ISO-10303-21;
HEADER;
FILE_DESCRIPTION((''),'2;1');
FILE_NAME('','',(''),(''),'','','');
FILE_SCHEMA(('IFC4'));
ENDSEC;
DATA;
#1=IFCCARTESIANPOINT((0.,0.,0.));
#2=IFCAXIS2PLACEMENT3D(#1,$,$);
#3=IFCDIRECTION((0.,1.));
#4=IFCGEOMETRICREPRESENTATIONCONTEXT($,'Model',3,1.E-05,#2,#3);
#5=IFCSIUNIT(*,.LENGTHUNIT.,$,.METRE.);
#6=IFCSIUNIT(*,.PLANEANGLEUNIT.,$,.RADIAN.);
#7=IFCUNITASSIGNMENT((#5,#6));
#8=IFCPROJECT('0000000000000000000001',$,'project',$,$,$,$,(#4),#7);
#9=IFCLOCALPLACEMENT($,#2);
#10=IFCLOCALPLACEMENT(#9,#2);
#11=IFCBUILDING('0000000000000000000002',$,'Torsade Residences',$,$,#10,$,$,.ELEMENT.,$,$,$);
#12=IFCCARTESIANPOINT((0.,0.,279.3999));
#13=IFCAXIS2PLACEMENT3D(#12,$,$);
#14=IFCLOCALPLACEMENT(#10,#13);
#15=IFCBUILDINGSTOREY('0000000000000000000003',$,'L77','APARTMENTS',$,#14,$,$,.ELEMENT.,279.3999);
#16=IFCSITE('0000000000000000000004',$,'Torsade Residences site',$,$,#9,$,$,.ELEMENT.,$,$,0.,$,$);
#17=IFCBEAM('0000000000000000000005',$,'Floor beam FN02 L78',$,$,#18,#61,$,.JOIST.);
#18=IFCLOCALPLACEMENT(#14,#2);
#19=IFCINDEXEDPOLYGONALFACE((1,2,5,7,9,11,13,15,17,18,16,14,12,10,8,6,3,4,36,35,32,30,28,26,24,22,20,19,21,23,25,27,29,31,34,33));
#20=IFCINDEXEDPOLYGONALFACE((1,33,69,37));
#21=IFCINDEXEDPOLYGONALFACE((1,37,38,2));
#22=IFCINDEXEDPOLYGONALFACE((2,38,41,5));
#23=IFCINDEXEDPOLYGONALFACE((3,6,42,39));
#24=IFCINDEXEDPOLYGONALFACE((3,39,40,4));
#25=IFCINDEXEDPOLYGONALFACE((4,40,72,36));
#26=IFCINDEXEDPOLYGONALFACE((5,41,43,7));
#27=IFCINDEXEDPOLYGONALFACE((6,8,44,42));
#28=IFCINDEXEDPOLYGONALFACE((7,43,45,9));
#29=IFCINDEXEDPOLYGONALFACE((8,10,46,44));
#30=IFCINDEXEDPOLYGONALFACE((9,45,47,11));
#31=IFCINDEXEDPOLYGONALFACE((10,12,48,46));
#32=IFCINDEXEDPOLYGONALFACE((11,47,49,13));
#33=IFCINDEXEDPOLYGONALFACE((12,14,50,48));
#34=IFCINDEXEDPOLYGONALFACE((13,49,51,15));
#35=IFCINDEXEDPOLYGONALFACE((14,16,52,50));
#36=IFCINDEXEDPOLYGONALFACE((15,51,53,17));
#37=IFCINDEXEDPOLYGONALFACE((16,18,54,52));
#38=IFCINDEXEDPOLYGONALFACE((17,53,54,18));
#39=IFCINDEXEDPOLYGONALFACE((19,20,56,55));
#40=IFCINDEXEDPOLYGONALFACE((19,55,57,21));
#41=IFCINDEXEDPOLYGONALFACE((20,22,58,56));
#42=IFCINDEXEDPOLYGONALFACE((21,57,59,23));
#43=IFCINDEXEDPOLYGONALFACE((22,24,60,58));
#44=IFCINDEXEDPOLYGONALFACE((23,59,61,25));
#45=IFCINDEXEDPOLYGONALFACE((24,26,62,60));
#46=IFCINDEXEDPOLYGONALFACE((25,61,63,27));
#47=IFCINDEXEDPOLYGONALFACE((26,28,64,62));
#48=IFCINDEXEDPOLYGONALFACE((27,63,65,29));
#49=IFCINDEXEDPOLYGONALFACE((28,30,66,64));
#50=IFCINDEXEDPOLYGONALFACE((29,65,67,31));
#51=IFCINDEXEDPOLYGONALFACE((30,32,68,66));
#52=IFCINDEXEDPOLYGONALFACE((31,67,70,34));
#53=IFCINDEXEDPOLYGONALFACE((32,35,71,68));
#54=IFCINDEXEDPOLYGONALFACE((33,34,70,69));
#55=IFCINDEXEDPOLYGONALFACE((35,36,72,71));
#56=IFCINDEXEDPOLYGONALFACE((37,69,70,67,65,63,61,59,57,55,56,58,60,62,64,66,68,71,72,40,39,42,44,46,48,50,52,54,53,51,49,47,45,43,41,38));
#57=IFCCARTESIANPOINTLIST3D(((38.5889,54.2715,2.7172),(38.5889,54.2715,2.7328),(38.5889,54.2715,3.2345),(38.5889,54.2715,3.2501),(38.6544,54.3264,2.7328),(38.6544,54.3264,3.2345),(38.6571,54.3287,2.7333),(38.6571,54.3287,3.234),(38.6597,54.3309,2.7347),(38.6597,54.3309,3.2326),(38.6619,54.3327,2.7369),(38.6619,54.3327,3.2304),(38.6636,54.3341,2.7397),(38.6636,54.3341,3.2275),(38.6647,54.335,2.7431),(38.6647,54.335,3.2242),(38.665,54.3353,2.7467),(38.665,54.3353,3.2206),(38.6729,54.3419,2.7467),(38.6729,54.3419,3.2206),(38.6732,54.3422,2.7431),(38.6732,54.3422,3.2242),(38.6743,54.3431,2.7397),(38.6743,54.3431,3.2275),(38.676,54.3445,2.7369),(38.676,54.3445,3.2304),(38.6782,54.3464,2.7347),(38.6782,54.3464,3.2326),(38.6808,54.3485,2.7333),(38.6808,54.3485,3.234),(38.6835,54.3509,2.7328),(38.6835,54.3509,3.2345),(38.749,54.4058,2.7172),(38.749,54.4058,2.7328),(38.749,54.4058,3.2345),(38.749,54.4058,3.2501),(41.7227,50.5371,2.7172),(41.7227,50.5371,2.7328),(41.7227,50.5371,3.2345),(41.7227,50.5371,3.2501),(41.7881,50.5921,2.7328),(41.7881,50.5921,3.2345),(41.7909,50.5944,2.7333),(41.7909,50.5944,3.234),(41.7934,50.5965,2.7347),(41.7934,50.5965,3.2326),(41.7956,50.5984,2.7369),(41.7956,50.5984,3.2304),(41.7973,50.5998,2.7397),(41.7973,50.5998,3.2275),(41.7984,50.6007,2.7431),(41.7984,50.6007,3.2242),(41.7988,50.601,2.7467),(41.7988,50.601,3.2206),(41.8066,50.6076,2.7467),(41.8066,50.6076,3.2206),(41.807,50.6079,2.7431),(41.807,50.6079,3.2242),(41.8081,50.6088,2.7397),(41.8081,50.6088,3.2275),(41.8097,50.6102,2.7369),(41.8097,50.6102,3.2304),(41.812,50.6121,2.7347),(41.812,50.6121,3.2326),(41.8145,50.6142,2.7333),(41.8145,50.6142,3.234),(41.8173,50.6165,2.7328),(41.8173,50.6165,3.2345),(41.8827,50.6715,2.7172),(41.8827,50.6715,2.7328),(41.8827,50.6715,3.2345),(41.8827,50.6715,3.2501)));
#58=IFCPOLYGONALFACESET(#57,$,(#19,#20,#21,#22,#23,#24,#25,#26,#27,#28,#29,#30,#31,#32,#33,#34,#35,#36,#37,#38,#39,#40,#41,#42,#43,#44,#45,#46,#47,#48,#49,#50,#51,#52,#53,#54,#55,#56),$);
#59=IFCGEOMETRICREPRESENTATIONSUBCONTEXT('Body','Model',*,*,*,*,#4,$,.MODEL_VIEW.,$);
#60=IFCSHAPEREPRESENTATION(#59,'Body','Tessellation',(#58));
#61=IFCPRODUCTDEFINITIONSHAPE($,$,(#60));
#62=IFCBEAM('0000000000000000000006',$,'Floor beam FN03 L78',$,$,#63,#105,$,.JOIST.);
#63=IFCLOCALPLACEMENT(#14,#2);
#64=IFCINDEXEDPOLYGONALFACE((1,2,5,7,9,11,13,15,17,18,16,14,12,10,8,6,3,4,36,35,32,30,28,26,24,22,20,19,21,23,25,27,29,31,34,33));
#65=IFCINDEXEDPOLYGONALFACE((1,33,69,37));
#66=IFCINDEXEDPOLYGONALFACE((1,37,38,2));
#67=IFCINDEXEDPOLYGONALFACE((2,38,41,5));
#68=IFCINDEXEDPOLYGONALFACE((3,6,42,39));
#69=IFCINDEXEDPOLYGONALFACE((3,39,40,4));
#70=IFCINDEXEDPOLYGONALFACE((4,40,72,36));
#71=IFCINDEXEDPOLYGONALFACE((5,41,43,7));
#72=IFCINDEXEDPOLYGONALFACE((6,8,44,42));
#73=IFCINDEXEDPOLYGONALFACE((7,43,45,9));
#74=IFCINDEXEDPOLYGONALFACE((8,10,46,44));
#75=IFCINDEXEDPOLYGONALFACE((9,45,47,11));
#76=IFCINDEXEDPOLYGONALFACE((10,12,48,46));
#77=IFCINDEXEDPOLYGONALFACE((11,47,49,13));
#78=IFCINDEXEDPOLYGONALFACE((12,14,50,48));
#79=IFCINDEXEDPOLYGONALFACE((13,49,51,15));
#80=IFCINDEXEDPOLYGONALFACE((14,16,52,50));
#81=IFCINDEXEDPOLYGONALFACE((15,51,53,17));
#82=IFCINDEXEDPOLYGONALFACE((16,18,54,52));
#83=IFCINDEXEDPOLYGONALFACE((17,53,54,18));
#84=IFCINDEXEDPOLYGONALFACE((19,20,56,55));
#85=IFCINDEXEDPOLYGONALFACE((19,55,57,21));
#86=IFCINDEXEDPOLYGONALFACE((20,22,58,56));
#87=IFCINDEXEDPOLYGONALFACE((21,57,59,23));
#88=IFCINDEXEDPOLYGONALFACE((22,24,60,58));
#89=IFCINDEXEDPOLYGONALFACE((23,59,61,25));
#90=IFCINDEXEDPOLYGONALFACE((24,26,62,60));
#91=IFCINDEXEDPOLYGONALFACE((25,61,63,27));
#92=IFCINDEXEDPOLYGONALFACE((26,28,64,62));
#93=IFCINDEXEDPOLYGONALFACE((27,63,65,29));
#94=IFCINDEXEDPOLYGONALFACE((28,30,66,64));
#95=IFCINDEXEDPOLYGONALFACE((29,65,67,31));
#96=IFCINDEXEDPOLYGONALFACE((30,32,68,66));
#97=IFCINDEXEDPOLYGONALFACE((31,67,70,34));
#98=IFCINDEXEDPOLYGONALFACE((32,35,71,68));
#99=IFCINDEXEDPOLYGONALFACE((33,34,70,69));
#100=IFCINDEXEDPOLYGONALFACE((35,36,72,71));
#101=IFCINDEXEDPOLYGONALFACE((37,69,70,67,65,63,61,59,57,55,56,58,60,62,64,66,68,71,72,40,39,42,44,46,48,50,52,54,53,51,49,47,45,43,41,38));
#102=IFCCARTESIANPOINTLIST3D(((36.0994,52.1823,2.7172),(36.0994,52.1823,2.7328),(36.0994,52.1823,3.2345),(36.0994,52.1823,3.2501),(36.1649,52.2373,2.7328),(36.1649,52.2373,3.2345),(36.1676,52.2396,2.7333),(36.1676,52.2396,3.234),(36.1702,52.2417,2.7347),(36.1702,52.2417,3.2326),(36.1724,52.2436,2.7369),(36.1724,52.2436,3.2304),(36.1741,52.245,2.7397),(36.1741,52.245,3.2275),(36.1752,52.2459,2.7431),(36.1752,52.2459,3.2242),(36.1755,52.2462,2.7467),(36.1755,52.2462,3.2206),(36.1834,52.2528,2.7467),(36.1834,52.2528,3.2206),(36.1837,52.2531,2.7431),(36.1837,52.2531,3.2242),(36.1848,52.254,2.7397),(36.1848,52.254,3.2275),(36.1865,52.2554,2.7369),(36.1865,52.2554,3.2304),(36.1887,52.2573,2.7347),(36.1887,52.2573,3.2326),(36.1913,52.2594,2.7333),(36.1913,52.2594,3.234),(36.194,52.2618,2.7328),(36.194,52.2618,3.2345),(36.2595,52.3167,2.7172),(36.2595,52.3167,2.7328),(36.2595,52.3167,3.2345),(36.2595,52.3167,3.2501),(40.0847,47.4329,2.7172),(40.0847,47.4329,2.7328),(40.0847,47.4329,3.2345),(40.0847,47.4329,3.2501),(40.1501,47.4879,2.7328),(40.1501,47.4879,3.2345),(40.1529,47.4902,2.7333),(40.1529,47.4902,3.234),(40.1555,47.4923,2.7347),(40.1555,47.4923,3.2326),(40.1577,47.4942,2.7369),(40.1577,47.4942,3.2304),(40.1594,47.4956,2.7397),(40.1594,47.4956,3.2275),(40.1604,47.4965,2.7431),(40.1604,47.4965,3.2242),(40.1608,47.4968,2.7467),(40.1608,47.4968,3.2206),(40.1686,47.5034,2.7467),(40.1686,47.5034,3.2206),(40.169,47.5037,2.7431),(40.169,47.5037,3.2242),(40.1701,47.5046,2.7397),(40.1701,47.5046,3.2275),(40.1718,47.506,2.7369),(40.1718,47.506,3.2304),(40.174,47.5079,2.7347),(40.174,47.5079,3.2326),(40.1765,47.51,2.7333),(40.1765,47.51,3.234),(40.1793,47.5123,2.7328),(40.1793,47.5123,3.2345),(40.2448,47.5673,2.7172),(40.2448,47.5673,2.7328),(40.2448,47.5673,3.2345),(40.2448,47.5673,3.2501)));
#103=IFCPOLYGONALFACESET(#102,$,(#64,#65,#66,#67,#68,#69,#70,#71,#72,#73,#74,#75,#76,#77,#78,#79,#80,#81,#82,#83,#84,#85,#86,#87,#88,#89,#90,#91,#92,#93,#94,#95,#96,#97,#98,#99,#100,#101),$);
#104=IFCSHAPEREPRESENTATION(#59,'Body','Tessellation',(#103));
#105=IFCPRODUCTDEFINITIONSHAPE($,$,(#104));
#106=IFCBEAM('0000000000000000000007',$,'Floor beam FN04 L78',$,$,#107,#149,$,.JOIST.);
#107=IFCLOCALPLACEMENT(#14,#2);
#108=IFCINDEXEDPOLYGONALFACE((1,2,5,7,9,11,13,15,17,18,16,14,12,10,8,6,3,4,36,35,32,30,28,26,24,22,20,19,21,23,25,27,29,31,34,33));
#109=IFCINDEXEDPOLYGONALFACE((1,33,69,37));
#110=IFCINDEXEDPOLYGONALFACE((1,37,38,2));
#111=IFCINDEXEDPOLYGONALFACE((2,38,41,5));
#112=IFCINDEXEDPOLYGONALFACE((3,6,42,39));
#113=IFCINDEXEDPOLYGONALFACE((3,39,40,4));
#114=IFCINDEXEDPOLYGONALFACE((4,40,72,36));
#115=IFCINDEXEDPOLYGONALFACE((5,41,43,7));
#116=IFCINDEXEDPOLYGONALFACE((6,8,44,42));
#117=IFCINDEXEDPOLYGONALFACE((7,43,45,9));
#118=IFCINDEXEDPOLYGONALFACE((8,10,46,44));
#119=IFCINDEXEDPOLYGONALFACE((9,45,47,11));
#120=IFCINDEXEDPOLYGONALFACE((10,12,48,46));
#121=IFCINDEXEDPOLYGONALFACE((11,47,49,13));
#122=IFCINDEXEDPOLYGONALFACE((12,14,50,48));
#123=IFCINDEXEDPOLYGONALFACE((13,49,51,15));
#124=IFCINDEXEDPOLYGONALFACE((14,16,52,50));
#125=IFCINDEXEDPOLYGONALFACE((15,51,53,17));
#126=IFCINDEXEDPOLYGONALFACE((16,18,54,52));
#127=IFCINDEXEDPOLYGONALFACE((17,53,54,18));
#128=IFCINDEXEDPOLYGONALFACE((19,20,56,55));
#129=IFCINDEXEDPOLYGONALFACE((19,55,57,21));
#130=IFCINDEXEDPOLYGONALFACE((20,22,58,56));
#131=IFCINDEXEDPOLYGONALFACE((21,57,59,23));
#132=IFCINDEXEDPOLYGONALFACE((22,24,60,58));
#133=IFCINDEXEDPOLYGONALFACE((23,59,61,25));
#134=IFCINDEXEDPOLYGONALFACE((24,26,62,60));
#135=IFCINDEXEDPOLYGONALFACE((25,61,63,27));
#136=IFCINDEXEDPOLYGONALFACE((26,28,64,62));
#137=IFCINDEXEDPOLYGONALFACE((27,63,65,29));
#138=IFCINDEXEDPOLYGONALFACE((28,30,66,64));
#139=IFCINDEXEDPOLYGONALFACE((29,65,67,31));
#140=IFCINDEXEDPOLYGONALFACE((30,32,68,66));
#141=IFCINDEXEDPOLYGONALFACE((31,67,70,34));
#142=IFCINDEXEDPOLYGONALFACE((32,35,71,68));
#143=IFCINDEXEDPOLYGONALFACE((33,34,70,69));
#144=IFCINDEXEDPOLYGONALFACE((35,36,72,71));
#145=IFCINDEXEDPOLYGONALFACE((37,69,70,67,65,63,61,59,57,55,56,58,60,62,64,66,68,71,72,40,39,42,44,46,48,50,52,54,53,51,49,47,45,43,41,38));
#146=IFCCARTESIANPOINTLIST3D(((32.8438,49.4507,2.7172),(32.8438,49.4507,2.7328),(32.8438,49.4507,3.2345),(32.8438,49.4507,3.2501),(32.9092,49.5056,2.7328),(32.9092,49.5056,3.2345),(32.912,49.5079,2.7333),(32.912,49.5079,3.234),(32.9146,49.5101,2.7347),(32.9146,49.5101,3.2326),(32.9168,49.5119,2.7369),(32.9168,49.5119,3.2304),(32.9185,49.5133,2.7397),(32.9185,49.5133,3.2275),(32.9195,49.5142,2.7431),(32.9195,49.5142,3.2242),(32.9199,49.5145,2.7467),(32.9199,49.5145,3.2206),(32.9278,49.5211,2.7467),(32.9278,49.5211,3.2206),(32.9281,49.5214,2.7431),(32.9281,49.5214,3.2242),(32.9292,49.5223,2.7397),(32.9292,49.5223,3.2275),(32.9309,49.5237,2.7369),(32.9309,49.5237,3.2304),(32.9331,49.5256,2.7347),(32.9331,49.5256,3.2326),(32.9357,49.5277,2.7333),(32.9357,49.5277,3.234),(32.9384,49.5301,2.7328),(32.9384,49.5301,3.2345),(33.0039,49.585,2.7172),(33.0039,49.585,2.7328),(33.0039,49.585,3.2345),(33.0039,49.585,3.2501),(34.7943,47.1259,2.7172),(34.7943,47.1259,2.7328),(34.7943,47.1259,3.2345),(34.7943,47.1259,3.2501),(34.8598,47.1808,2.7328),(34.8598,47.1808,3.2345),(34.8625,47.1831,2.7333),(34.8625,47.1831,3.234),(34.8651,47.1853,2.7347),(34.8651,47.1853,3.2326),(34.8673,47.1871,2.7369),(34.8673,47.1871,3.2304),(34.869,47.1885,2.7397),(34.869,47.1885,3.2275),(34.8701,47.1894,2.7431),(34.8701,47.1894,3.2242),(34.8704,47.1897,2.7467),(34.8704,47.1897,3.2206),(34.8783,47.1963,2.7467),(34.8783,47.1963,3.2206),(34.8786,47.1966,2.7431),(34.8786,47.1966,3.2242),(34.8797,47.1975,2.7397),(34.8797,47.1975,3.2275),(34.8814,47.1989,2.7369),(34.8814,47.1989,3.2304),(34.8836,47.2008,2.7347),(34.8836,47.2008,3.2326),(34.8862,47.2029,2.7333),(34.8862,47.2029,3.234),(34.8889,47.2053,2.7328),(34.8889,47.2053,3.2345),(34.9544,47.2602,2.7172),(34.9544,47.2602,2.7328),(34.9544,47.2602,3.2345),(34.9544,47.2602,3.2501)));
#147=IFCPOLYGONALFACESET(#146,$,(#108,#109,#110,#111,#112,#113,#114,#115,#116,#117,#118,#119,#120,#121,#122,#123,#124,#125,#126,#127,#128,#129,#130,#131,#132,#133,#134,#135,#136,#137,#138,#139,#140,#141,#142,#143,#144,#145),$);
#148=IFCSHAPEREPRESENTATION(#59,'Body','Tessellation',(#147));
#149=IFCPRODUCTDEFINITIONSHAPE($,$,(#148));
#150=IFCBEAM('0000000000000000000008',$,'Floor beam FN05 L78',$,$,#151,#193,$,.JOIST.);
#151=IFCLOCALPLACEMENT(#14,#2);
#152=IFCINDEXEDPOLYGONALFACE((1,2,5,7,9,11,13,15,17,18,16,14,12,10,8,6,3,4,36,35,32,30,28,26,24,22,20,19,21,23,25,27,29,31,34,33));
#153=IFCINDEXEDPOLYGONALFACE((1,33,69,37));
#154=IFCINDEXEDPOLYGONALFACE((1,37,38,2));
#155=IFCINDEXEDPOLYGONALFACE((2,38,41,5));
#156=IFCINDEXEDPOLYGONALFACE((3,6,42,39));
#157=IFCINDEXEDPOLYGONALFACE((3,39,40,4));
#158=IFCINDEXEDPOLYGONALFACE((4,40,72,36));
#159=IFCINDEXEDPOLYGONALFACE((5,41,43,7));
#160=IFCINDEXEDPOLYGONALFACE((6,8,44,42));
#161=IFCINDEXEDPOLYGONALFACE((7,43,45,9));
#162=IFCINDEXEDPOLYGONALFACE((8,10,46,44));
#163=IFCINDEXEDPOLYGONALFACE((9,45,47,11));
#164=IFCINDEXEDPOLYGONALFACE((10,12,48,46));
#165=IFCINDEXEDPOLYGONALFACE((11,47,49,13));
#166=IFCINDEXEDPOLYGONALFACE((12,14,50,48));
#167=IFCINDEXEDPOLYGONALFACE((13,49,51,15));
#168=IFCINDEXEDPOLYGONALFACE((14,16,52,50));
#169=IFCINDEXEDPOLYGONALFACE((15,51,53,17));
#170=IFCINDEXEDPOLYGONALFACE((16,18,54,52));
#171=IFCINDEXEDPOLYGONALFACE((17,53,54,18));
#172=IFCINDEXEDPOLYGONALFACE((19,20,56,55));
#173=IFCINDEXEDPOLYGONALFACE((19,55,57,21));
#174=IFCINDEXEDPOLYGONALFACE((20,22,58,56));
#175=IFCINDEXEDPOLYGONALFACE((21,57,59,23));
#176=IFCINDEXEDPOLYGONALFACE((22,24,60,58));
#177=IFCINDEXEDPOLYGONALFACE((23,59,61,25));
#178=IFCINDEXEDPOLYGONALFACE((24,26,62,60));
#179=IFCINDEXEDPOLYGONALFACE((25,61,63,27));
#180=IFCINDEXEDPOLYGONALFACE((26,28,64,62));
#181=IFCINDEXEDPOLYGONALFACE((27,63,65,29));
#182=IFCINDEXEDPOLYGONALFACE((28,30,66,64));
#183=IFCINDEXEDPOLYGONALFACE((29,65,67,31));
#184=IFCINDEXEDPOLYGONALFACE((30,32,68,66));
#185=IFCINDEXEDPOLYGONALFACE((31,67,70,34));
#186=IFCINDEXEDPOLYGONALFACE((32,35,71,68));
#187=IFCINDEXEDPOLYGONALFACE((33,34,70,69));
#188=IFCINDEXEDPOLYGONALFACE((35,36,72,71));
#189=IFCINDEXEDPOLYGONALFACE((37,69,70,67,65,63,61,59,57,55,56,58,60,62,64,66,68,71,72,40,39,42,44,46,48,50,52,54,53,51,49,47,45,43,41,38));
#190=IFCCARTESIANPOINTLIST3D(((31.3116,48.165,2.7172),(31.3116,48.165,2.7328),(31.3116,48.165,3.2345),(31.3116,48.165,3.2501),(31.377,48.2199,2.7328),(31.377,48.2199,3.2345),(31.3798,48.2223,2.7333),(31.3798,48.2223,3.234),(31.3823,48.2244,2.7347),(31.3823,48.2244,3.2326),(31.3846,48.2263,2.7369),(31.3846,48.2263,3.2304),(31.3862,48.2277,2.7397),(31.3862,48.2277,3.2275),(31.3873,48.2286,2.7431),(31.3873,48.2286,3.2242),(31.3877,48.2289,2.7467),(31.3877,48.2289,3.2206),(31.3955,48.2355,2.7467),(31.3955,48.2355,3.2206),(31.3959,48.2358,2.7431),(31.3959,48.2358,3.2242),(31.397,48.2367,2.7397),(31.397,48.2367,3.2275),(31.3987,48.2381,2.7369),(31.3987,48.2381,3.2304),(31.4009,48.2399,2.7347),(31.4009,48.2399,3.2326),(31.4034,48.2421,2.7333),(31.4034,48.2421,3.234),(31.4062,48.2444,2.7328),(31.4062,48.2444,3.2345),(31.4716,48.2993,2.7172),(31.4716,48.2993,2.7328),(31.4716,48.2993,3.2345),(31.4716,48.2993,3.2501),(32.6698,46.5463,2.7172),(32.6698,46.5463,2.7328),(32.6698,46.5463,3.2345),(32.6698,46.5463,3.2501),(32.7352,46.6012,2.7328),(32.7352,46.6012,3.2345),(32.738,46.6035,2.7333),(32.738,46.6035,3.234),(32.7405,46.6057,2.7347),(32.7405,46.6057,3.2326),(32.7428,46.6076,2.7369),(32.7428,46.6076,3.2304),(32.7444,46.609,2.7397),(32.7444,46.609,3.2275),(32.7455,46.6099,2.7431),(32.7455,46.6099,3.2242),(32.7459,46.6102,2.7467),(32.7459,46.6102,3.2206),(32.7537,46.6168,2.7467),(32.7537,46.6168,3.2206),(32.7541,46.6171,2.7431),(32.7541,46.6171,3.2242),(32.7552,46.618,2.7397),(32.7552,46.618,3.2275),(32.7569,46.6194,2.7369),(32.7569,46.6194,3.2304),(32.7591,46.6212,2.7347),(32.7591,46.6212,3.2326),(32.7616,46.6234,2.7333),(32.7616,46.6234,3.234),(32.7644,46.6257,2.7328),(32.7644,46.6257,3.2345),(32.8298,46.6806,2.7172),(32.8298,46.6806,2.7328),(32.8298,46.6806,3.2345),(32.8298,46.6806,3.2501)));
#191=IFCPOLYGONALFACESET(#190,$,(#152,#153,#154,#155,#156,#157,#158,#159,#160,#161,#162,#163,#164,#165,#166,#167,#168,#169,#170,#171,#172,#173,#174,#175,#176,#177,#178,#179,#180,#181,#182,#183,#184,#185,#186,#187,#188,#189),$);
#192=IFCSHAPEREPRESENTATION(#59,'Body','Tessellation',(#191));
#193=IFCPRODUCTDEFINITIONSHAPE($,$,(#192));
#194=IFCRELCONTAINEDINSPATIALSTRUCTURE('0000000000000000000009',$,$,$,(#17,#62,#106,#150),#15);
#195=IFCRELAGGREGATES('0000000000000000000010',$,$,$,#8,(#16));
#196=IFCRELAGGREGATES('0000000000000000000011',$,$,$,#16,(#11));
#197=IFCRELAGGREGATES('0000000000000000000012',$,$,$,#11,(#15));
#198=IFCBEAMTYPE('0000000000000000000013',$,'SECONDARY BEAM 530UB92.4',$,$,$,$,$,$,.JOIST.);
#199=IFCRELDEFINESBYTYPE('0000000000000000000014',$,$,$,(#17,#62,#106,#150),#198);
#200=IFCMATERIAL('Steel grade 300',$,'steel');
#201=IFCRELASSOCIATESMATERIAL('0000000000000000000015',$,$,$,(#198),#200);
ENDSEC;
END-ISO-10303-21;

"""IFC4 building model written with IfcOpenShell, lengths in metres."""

from ifc_helpers import new_model, si_unit, direction, frame, origin, origin_2d, place, context, subcontext, project, spatial, i_section, extrude, material, material_profile, profile_set, type_object, element, save


model = new_model("IFC4")

# Units and contexts
model_context = context("Model", 3, precision=1e-05, world=origin(), true_north=direction((0.0, 1.0)))
body_context = subcontext(model_context, "Body", "Model", "MODEL_VIEW")
ifc_project = project(units=[si_unit("LENGTHUNIT", "METRE"), si_unit("PLANEANGLEUNIT", "RADIAN")], contexts=[model_context])

# Site, building, storey
site_placement = place(None, origin())
site = spatial("IfcSite", under=ifc_project, at=site_placement, Name="Torsade Residences site", CompositionType="ELEMENT", RefElevation=0.0)
building_placement = place(site_placement, origin())
building = spatial("IfcBuilding", under=site, at=building_placement, Name="Torsade Residences", CompositionType="ELEMENT")
storey_placement = place(building_placement, frame((0.0, 0.0, 279.3999)))
storey = spatial("IfcBuildingStorey", under=building, at=storey_placement, Name="L77", Description="APARTMENTS", CompositionType="ELEMENT", Elevation=279.3999)

# Beams
ifc_material_1 = material(Name="Steel grade 300", Category="steel")
ifc_material_profile_1 = material_profile(ifc_material_1, i_section(OverallWidth=0.209, OverallDepth=0.533, WebThickness=0.0103, FlangeThickness=0.0156, FilletRadius=0.0139, at=origin_2d()), Name="530UB92.4")
ifc_profile_set_1 = profile_set([ifc_material_profile_1], Name="Steel grade 300")
beam_type_1 = type_object("IfcBeamType", Name="SECONDARY BEAM 530UB92.4", PredefinedType="JOIST", material=ifc_profile_set_1)
beam_1_placement = place(storey_placement, frame((38.6689, 54.3386, 2.9836), z_axis=(0.642821, -0.766017, 0.0), x_axis=(0.766017, 0.642821, 0.0)))
element("IfcBeam", 1, at=beam_1_placement, inside=storey, type_object=beam_type_1, Name="Floor beam FN02 L78", PredefinedType="JOIST", context=body_context, shape_type="SweptSolid", body=[
    extrude(i_section(OverallWidth=0.209, OverallDepth=0.533, WebThickness=0.0103, FlangeThickness=0.0156, FilletRadius=0.0139, at=origin_2d()), origin(), (0.0, 0.0, 1.0), 4.875),
])
beam_2_placement = place(storey_placement, frame((36.1794, 52.2495, 2.9836), z_axis=(0.642791, -0.766041, 0.0), x_axis=(0.766041, 0.642791, 0.0)))
element("IfcBeam", 2, at=beam_2_placement, inside=storey, type_object=beam_type_1, Name="Floor beam FN03 L78", PredefinedType="JOIST", context=body_context, shape_type="SweptSolid", body=[
    extrude(i_section(OverallWidth=0.209, OverallDepth=0.533, WebThickness=0.0103, FlangeThickness=0.0156, FilletRadius=0.0139, at=origin_2d()), origin(), (0.0, 0.0, 1.0), 6.2),
])
beam_3_placement = place(storey_placement, frame((32.9238, 49.5178, 2.9836), z_axis=(0.642745, -0.76608, 0.0), x_axis=(0.76608, 0.642745, 0.0)))
element("IfcBeam", 3, at=beam_3_placement, inside=storey, type_object=beam_type_1, Name="Floor beam FN04 L78", PredefinedType="JOIST", context=body_context, shape_type="SweptSolid", body=[
    extrude(i_section(OverallWidth=0.209, OverallDepth=0.533, WebThickness=0.0103, FlangeThickness=0.0156, FilletRadius=0.0139, at=origin_2d()), origin(), (0.0, 0.0, 1.0), 3.0347),
])
beam_4_placement = place(storey_placement, frame((31.3916, 48.2322, 2.9836), z_axis=(0.642772, -0.766058, 0.0), x_axis=(0.766058, 0.642772, 0.0)))
element("IfcBeam", 4, at=beam_4_placement, inside=storey, type_object=beam_type_1, Name="Floor beam FN05 L78", PredefinedType="JOIST", context=body_context, shape_type="SweptSolid", body=[
    extrude(i_section(OverallWidth=0.209, OverallDepth=0.533, WebThickness=0.0103, FlangeThickness=0.0156, FilletRadius=0.0139, at=origin_2d()), origin(), (0.0, 0.0, 1.0), 2.113),
])

save(model, "model.ifc")
